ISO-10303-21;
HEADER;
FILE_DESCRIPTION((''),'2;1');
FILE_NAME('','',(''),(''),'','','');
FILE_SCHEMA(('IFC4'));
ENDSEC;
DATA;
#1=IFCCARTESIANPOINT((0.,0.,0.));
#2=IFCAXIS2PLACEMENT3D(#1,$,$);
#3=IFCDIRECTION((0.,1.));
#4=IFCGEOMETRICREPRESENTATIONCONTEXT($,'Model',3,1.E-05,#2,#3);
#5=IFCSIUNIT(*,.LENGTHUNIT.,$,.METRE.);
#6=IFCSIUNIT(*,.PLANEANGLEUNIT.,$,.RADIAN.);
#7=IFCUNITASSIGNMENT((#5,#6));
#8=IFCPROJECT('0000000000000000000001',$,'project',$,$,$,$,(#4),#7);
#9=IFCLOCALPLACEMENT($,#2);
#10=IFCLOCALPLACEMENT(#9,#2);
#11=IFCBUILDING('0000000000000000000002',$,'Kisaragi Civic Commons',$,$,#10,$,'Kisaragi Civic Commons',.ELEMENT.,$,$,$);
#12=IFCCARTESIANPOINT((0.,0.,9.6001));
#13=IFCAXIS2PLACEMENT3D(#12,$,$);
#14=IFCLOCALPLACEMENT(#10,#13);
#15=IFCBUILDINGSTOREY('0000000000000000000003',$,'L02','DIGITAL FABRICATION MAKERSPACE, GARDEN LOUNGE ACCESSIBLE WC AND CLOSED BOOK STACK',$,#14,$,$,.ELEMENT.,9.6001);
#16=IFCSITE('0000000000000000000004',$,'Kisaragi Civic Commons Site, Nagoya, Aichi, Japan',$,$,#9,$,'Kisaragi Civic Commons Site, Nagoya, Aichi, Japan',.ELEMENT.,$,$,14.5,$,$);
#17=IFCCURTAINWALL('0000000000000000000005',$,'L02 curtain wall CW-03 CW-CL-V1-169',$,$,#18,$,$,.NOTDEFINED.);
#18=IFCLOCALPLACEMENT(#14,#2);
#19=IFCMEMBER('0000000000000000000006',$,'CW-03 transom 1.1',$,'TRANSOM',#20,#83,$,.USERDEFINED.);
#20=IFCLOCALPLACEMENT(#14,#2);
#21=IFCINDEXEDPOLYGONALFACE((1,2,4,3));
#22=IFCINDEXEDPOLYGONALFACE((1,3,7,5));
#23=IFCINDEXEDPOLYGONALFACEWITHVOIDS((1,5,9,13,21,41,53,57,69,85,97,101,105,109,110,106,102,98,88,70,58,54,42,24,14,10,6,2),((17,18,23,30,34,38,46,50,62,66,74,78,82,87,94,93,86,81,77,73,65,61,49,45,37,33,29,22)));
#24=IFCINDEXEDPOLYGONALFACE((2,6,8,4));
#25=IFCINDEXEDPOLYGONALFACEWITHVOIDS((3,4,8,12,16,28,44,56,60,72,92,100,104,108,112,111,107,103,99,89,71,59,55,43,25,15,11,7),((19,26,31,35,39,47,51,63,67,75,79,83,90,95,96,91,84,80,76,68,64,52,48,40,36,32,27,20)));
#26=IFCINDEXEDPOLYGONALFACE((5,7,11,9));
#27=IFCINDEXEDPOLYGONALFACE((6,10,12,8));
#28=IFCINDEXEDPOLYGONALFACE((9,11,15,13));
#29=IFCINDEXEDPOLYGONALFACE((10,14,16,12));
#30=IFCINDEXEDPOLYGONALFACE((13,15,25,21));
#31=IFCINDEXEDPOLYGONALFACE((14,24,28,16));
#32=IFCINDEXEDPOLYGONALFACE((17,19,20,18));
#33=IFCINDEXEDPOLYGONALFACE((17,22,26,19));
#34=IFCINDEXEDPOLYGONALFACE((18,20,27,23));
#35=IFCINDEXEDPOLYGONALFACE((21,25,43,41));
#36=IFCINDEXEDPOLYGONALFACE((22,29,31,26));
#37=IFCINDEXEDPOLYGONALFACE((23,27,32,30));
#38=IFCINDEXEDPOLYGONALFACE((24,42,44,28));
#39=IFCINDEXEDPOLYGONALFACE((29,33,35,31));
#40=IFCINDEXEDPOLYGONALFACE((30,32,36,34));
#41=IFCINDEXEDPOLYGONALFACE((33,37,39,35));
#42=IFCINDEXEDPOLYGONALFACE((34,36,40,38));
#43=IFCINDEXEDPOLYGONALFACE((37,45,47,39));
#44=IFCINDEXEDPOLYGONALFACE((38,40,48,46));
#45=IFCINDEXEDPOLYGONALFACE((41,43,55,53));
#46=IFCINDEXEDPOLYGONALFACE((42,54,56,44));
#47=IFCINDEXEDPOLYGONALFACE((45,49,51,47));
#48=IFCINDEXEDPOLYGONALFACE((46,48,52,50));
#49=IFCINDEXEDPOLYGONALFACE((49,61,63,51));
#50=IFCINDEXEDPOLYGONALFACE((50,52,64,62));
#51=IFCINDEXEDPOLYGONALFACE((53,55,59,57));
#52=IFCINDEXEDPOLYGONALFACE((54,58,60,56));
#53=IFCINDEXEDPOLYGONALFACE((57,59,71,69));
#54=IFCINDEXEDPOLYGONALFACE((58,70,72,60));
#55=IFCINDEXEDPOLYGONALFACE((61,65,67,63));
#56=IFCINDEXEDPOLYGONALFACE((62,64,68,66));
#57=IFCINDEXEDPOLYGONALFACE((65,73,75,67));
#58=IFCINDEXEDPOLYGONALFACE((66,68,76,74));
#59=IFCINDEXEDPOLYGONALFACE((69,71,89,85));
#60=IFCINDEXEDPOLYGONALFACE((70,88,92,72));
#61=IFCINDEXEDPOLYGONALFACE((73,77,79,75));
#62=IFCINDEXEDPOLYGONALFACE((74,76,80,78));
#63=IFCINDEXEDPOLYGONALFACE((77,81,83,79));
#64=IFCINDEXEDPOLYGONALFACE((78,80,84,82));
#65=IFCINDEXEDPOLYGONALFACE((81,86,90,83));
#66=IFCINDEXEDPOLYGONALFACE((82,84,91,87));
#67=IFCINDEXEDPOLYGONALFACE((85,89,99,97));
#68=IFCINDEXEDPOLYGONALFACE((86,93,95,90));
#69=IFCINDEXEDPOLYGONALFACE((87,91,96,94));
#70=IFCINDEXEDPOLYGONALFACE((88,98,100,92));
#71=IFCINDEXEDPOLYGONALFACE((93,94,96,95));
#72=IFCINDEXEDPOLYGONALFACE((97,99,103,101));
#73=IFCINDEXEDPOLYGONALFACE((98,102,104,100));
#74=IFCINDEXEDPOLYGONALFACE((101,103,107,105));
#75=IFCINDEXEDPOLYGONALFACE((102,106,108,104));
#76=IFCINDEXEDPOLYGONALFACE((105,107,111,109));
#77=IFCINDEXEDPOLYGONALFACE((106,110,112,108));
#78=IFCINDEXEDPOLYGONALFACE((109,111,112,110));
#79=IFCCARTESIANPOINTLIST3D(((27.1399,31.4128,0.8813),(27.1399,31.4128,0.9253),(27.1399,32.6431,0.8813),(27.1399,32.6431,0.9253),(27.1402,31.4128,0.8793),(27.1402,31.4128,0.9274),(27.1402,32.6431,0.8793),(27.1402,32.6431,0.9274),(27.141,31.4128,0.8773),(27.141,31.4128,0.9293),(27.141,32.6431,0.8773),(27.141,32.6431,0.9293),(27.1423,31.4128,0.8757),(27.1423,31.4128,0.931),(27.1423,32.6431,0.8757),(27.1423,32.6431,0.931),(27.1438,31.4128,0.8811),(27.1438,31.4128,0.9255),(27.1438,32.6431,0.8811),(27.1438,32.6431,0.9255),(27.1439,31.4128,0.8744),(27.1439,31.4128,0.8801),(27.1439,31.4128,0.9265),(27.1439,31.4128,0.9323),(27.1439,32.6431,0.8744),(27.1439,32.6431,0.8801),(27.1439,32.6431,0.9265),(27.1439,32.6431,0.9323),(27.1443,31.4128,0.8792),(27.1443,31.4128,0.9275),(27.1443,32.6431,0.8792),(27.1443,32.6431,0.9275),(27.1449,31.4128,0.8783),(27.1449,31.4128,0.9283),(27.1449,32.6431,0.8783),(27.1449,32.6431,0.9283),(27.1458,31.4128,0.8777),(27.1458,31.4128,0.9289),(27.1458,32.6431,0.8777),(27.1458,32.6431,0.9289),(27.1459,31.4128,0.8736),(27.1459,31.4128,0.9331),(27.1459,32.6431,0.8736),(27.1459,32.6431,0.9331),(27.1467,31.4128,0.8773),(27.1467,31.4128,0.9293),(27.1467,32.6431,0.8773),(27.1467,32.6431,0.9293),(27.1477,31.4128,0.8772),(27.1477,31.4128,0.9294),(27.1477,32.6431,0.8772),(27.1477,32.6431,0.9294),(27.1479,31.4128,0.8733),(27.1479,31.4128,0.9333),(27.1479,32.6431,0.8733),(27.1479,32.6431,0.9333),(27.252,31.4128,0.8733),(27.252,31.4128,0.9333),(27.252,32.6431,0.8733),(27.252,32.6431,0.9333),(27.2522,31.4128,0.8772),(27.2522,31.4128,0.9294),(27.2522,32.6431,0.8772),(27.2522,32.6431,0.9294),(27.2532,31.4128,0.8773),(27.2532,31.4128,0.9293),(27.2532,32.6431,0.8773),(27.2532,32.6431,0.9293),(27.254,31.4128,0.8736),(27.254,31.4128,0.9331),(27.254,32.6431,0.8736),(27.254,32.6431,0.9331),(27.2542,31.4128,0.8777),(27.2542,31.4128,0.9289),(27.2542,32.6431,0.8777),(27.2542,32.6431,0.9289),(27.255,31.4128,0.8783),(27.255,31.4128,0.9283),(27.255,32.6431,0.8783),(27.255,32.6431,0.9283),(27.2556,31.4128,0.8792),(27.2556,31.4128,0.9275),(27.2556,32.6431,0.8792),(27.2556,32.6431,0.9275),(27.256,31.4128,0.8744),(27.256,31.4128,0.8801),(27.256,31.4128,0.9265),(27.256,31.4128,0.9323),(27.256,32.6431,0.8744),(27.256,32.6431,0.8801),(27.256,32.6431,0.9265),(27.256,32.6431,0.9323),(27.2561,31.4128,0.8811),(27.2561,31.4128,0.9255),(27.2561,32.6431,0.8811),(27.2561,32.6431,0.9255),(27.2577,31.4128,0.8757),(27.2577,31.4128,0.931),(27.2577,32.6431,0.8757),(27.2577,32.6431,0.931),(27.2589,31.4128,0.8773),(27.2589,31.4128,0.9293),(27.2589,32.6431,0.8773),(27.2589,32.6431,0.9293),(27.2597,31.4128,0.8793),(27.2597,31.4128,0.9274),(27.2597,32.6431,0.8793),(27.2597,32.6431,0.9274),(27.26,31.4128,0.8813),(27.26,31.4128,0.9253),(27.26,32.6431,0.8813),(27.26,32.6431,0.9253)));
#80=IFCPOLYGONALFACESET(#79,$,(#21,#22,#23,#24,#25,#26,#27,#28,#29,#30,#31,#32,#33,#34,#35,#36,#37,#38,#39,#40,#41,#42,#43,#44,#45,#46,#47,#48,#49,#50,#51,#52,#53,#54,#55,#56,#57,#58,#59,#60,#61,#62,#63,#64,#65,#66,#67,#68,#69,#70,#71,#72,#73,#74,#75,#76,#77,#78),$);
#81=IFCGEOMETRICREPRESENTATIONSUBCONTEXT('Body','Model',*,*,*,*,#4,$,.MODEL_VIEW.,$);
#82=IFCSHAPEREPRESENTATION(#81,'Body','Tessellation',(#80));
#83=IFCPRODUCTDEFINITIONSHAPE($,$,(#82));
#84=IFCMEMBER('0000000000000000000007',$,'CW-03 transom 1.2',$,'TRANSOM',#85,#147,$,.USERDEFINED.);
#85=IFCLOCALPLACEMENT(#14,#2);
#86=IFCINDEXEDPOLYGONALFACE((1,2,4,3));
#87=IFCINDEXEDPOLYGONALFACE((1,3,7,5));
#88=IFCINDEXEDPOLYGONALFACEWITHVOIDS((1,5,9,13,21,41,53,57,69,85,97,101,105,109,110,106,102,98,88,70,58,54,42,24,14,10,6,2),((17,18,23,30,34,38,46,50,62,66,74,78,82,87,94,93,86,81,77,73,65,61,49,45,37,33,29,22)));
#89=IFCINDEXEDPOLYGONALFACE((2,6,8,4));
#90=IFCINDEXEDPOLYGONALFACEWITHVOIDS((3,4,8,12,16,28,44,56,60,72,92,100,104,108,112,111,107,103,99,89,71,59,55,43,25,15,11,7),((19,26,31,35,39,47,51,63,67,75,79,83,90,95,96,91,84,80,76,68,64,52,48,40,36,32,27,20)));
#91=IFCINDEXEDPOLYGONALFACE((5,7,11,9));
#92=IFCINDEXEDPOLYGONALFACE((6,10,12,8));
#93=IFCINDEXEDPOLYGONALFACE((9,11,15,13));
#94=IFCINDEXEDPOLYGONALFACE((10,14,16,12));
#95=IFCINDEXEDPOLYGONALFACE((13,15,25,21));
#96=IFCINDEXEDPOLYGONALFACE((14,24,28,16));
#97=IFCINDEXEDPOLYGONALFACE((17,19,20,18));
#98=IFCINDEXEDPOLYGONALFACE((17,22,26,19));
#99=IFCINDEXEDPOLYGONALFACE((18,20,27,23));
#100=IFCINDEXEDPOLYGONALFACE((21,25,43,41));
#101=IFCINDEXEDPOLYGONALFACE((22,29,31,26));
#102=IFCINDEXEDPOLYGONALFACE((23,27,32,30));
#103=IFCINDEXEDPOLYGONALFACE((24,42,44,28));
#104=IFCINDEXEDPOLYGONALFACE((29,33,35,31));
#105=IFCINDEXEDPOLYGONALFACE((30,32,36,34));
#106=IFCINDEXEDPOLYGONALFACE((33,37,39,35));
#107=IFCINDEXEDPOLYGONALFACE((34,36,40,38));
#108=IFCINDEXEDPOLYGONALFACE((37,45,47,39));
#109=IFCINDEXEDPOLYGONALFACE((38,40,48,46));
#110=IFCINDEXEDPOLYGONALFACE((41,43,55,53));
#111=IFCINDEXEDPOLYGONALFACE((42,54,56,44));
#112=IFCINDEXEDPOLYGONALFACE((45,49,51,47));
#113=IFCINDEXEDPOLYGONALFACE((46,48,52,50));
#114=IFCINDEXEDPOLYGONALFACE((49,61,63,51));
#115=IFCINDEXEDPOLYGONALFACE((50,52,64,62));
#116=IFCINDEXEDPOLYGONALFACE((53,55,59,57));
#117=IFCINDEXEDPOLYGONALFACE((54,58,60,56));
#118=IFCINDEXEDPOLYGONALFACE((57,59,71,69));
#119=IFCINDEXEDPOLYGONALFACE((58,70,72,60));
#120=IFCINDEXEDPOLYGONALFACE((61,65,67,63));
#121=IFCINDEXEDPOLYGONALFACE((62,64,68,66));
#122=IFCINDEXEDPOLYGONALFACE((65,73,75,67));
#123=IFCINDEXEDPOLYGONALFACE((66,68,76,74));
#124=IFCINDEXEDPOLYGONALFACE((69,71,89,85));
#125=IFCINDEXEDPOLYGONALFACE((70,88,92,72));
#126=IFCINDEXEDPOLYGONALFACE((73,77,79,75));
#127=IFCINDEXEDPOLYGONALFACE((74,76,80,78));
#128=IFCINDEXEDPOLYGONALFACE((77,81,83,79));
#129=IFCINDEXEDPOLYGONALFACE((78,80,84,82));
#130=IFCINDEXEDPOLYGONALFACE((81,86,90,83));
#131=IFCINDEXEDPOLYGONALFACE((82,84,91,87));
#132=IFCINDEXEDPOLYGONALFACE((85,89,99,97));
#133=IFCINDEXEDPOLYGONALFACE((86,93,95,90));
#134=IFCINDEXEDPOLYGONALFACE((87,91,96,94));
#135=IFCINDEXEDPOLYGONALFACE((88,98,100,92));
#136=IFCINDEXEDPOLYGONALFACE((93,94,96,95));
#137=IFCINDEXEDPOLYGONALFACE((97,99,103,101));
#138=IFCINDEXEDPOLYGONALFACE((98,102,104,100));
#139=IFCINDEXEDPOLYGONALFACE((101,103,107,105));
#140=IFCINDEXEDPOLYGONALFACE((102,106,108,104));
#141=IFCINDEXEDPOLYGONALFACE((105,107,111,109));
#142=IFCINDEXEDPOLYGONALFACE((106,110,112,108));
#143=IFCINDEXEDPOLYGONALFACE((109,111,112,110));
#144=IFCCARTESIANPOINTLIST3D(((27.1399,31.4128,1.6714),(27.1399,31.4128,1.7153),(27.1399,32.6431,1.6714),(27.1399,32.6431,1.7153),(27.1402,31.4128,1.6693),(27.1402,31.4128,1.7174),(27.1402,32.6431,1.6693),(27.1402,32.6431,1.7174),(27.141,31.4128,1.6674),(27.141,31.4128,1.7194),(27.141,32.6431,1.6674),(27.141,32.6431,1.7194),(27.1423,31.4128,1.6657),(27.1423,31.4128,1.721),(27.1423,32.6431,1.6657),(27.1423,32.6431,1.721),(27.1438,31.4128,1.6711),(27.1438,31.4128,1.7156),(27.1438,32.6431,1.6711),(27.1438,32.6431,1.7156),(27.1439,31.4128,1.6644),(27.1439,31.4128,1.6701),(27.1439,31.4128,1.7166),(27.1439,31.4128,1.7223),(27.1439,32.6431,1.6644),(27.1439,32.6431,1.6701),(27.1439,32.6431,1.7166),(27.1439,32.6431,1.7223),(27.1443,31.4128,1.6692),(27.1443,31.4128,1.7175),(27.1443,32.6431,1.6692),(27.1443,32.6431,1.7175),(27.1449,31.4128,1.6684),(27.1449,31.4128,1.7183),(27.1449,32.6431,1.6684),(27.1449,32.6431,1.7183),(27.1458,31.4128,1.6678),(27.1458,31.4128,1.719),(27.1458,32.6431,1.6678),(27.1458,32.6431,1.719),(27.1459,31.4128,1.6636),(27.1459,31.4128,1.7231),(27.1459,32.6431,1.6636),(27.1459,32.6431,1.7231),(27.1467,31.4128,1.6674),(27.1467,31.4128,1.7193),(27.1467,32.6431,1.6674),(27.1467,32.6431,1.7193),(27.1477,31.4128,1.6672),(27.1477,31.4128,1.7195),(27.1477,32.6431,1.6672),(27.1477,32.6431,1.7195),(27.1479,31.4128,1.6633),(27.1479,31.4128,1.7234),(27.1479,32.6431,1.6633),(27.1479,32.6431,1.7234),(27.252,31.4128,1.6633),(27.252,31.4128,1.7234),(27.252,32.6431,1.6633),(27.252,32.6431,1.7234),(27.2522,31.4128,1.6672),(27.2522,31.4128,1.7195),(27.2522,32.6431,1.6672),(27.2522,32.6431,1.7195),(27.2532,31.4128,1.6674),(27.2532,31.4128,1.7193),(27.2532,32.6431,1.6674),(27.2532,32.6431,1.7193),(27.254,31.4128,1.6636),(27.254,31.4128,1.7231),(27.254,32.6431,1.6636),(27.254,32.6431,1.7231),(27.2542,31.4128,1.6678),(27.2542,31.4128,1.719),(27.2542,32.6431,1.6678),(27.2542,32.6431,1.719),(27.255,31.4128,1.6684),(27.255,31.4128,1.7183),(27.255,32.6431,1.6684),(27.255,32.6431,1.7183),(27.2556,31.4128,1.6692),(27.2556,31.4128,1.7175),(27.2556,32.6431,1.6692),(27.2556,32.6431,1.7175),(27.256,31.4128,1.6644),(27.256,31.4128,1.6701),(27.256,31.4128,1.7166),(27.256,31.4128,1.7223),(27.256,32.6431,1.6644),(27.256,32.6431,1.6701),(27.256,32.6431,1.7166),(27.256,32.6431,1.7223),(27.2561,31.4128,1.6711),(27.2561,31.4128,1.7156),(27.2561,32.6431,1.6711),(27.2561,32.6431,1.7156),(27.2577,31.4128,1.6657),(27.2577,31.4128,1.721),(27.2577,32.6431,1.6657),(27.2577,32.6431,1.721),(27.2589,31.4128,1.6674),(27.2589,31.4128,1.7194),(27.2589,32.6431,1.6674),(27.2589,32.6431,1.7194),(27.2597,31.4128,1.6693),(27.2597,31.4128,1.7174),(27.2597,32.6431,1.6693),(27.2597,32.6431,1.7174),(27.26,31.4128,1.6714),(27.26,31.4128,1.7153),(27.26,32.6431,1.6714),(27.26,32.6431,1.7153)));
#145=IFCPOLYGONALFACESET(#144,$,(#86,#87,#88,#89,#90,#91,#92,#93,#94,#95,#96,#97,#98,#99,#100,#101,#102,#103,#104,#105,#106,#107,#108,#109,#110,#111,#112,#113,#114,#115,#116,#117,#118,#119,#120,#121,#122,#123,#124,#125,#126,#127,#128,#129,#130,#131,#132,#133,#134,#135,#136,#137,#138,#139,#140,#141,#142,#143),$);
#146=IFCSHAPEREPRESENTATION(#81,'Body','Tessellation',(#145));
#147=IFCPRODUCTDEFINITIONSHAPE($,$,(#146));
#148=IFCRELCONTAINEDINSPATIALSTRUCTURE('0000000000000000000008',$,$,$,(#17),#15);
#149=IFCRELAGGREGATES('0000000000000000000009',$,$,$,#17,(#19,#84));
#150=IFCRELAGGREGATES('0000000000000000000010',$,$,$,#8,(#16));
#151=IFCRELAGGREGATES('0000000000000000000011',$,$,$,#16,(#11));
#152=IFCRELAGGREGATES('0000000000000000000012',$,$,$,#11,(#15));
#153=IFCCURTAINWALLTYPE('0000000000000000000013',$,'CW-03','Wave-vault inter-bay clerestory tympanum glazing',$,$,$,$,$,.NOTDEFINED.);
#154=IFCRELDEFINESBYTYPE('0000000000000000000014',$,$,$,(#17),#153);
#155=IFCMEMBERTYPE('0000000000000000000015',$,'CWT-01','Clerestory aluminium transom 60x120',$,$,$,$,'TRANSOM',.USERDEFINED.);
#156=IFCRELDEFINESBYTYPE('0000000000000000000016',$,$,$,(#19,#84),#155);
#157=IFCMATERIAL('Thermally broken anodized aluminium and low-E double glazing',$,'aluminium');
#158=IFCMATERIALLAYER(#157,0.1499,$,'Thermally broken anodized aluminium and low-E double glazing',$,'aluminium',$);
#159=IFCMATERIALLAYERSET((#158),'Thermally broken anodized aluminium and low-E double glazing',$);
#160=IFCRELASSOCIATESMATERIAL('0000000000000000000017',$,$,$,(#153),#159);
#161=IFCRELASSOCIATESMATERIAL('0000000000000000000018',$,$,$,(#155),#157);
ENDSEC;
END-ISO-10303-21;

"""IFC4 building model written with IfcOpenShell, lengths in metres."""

from ifc_helpers import new_model, si_unit, direction, frame, origin, origin_2d, place, context, subcontext, project, spatial, hollow_rectangle, extrude, material, layer, layer_set, material_profile, profile_set, type_object, element, aggregate, save


model = new_model("IFC4")

# Units and contexts
model_context = context("Model", 3, precision=1e-05, world=origin(), true_north=direction((0.0, 1.0)))
body_context = subcontext(model_context, "Body", "Model", "MODEL_VIEW")
ifc_project = project(units=[si_unit("LENGTHUNIT", "METRE"), si_unit("PLANEANGLEUNIT", "RADIAN")], contexts=[model_context])

# Site, building, storey
site_placement = place(None, origin())
site = spatial("IfcSite", under=ifc_project, at=site_placement, Name="Kisaragi Civic Commons Site, Nagoya, Aichi, Japan", LongName="Kisaragi Civic Commons Site, Nagoya, Aichi, Japan", CompositionType="ELEMENT", RefElevation=14.5)
building_placement = place(site_placement, origin())
building = spatial("IfcBuilding", under=site, at=building_placement, Name="Kisaragi Civic Commons", LongName="Kisaragi Civic Commons", CompositionType="ELEMENT")
storey_placement = place(building_placement, frame((0.0, 0.0, 9.6001)))
storey = spatial("IfcBuildingStorey", under=building, at=storey_placement, Name="L02", Description="DIGITAL FABRICATION MAKERSPACE, GARDEN LOUNGE ACCESSIBLE WC AND CLOSED BOOK STACK", CompositionType="ELEMENT", Elevation=9.6001)

# Curtain wall, members
ifc_material_1 = material(Name="Thermally broken anodized aluminium and low-E double glazing", Category="aluminium")
ifc_layer_1 = layer(ifc_material_1, 0.1499, Name="Thermally broken anodized aluminium and low-E double glazing", Category="aluminium")
ifc_layer_set_1 = layer_set([ifc_layer_1], Name="Thermally broken anodized aluminium and low-E double glazing")
curtain_wall_type = type_object("IfcCurtainWallType", Name="CW-03", Description="Wave-vault inter-bay clerestory tympanum glazing", PredefinedType="NOTDEFINED", material=ifc_layer_set_1)
curtain_wall_placement = place(storey_placement, origin())
curtain_wall = element("IfcCurtainWall", 1, at=curtain_wall_placement, inside=storey, type_object=curtain_wall_type, Name="L02 curtain wall CW-03 CW-CL-V1-169", PredefinedType="NOTDEFINED")
ifc_material_profile_1 = material_profile(ifc_material_1, hollow_rectangle(XDim=0.1201, YDim=0.0601, WallThickness=0.0039, InnerFilletRadius=0.0039, OuterFilletRadius=0.0081, at=origin_2d()), Name="CWT-60x120x4", Category="aluminium")
ifc_profile_set_1 = profile_set([ifc_material_profile_1], Name="Thermally broken anodized aluminium and low-E double glazing")
member_type_1 = type_object("IfcMemberType", Name="CWT-01", Description="Clerestory aluminium transom 60x120", ElementType="TRANSOM", PredefinedType="USERDEFINED", material=ifc_profile_set_1)
member_1_placement = place(storey_placement, frame((27.2, 31.4128, 0.9033), z_axis=(0.0, 1.0, 0.0), x_axis=(-1.0, 0.0, 0.0)))
member_1 = element("IfcMember", 2, at=member_1_placement, type_object=member_type_1, Name="CW-03 transom 1.1", ObjectType="TRANSOM", PredefinedType="USERDEFINED", context=body_context, shape_type="SweptSolid", body=[
    extrude(hollow_rectangle(XDim=0.1201, YDim=0.0601, WallThickness=0.0039, InnerFilletRadius=0.0039, OuterFilletRadius=0.0081, at=origin_2d()), origin(), (0.0, 0.0, 1.0), 1.2302),
])
member_2_placement = place(storey_placement, frame((27.2, 31.4128, 1.6934), z_axis=(0.0, 1.0, 0.0), x_axis=(-1.0, 0.0, 0.0)))
member_2 = element("IfcMember", 3, at=member_2_placement, type_object=member_type_1, Name="CW-03 transom 1.2", ObjectType="TRANSOM", PredefinedType="USERDEFINED", context=body_context, shape_type="SweptSolid", body=[
    extrude(hollow_rectangle(XDim=0.1201, YDim=0.0601, WallThickness=0.0039, InnerFilletRadius=0.0039, OuterFilletRadius=0.0081, at=origin_2d()), origin(), (0.0, 0.0, 1.0), 1.2302),
])

aggregate(curtain_wall, [member_1, member_2])

save(model, "model.ifc")
